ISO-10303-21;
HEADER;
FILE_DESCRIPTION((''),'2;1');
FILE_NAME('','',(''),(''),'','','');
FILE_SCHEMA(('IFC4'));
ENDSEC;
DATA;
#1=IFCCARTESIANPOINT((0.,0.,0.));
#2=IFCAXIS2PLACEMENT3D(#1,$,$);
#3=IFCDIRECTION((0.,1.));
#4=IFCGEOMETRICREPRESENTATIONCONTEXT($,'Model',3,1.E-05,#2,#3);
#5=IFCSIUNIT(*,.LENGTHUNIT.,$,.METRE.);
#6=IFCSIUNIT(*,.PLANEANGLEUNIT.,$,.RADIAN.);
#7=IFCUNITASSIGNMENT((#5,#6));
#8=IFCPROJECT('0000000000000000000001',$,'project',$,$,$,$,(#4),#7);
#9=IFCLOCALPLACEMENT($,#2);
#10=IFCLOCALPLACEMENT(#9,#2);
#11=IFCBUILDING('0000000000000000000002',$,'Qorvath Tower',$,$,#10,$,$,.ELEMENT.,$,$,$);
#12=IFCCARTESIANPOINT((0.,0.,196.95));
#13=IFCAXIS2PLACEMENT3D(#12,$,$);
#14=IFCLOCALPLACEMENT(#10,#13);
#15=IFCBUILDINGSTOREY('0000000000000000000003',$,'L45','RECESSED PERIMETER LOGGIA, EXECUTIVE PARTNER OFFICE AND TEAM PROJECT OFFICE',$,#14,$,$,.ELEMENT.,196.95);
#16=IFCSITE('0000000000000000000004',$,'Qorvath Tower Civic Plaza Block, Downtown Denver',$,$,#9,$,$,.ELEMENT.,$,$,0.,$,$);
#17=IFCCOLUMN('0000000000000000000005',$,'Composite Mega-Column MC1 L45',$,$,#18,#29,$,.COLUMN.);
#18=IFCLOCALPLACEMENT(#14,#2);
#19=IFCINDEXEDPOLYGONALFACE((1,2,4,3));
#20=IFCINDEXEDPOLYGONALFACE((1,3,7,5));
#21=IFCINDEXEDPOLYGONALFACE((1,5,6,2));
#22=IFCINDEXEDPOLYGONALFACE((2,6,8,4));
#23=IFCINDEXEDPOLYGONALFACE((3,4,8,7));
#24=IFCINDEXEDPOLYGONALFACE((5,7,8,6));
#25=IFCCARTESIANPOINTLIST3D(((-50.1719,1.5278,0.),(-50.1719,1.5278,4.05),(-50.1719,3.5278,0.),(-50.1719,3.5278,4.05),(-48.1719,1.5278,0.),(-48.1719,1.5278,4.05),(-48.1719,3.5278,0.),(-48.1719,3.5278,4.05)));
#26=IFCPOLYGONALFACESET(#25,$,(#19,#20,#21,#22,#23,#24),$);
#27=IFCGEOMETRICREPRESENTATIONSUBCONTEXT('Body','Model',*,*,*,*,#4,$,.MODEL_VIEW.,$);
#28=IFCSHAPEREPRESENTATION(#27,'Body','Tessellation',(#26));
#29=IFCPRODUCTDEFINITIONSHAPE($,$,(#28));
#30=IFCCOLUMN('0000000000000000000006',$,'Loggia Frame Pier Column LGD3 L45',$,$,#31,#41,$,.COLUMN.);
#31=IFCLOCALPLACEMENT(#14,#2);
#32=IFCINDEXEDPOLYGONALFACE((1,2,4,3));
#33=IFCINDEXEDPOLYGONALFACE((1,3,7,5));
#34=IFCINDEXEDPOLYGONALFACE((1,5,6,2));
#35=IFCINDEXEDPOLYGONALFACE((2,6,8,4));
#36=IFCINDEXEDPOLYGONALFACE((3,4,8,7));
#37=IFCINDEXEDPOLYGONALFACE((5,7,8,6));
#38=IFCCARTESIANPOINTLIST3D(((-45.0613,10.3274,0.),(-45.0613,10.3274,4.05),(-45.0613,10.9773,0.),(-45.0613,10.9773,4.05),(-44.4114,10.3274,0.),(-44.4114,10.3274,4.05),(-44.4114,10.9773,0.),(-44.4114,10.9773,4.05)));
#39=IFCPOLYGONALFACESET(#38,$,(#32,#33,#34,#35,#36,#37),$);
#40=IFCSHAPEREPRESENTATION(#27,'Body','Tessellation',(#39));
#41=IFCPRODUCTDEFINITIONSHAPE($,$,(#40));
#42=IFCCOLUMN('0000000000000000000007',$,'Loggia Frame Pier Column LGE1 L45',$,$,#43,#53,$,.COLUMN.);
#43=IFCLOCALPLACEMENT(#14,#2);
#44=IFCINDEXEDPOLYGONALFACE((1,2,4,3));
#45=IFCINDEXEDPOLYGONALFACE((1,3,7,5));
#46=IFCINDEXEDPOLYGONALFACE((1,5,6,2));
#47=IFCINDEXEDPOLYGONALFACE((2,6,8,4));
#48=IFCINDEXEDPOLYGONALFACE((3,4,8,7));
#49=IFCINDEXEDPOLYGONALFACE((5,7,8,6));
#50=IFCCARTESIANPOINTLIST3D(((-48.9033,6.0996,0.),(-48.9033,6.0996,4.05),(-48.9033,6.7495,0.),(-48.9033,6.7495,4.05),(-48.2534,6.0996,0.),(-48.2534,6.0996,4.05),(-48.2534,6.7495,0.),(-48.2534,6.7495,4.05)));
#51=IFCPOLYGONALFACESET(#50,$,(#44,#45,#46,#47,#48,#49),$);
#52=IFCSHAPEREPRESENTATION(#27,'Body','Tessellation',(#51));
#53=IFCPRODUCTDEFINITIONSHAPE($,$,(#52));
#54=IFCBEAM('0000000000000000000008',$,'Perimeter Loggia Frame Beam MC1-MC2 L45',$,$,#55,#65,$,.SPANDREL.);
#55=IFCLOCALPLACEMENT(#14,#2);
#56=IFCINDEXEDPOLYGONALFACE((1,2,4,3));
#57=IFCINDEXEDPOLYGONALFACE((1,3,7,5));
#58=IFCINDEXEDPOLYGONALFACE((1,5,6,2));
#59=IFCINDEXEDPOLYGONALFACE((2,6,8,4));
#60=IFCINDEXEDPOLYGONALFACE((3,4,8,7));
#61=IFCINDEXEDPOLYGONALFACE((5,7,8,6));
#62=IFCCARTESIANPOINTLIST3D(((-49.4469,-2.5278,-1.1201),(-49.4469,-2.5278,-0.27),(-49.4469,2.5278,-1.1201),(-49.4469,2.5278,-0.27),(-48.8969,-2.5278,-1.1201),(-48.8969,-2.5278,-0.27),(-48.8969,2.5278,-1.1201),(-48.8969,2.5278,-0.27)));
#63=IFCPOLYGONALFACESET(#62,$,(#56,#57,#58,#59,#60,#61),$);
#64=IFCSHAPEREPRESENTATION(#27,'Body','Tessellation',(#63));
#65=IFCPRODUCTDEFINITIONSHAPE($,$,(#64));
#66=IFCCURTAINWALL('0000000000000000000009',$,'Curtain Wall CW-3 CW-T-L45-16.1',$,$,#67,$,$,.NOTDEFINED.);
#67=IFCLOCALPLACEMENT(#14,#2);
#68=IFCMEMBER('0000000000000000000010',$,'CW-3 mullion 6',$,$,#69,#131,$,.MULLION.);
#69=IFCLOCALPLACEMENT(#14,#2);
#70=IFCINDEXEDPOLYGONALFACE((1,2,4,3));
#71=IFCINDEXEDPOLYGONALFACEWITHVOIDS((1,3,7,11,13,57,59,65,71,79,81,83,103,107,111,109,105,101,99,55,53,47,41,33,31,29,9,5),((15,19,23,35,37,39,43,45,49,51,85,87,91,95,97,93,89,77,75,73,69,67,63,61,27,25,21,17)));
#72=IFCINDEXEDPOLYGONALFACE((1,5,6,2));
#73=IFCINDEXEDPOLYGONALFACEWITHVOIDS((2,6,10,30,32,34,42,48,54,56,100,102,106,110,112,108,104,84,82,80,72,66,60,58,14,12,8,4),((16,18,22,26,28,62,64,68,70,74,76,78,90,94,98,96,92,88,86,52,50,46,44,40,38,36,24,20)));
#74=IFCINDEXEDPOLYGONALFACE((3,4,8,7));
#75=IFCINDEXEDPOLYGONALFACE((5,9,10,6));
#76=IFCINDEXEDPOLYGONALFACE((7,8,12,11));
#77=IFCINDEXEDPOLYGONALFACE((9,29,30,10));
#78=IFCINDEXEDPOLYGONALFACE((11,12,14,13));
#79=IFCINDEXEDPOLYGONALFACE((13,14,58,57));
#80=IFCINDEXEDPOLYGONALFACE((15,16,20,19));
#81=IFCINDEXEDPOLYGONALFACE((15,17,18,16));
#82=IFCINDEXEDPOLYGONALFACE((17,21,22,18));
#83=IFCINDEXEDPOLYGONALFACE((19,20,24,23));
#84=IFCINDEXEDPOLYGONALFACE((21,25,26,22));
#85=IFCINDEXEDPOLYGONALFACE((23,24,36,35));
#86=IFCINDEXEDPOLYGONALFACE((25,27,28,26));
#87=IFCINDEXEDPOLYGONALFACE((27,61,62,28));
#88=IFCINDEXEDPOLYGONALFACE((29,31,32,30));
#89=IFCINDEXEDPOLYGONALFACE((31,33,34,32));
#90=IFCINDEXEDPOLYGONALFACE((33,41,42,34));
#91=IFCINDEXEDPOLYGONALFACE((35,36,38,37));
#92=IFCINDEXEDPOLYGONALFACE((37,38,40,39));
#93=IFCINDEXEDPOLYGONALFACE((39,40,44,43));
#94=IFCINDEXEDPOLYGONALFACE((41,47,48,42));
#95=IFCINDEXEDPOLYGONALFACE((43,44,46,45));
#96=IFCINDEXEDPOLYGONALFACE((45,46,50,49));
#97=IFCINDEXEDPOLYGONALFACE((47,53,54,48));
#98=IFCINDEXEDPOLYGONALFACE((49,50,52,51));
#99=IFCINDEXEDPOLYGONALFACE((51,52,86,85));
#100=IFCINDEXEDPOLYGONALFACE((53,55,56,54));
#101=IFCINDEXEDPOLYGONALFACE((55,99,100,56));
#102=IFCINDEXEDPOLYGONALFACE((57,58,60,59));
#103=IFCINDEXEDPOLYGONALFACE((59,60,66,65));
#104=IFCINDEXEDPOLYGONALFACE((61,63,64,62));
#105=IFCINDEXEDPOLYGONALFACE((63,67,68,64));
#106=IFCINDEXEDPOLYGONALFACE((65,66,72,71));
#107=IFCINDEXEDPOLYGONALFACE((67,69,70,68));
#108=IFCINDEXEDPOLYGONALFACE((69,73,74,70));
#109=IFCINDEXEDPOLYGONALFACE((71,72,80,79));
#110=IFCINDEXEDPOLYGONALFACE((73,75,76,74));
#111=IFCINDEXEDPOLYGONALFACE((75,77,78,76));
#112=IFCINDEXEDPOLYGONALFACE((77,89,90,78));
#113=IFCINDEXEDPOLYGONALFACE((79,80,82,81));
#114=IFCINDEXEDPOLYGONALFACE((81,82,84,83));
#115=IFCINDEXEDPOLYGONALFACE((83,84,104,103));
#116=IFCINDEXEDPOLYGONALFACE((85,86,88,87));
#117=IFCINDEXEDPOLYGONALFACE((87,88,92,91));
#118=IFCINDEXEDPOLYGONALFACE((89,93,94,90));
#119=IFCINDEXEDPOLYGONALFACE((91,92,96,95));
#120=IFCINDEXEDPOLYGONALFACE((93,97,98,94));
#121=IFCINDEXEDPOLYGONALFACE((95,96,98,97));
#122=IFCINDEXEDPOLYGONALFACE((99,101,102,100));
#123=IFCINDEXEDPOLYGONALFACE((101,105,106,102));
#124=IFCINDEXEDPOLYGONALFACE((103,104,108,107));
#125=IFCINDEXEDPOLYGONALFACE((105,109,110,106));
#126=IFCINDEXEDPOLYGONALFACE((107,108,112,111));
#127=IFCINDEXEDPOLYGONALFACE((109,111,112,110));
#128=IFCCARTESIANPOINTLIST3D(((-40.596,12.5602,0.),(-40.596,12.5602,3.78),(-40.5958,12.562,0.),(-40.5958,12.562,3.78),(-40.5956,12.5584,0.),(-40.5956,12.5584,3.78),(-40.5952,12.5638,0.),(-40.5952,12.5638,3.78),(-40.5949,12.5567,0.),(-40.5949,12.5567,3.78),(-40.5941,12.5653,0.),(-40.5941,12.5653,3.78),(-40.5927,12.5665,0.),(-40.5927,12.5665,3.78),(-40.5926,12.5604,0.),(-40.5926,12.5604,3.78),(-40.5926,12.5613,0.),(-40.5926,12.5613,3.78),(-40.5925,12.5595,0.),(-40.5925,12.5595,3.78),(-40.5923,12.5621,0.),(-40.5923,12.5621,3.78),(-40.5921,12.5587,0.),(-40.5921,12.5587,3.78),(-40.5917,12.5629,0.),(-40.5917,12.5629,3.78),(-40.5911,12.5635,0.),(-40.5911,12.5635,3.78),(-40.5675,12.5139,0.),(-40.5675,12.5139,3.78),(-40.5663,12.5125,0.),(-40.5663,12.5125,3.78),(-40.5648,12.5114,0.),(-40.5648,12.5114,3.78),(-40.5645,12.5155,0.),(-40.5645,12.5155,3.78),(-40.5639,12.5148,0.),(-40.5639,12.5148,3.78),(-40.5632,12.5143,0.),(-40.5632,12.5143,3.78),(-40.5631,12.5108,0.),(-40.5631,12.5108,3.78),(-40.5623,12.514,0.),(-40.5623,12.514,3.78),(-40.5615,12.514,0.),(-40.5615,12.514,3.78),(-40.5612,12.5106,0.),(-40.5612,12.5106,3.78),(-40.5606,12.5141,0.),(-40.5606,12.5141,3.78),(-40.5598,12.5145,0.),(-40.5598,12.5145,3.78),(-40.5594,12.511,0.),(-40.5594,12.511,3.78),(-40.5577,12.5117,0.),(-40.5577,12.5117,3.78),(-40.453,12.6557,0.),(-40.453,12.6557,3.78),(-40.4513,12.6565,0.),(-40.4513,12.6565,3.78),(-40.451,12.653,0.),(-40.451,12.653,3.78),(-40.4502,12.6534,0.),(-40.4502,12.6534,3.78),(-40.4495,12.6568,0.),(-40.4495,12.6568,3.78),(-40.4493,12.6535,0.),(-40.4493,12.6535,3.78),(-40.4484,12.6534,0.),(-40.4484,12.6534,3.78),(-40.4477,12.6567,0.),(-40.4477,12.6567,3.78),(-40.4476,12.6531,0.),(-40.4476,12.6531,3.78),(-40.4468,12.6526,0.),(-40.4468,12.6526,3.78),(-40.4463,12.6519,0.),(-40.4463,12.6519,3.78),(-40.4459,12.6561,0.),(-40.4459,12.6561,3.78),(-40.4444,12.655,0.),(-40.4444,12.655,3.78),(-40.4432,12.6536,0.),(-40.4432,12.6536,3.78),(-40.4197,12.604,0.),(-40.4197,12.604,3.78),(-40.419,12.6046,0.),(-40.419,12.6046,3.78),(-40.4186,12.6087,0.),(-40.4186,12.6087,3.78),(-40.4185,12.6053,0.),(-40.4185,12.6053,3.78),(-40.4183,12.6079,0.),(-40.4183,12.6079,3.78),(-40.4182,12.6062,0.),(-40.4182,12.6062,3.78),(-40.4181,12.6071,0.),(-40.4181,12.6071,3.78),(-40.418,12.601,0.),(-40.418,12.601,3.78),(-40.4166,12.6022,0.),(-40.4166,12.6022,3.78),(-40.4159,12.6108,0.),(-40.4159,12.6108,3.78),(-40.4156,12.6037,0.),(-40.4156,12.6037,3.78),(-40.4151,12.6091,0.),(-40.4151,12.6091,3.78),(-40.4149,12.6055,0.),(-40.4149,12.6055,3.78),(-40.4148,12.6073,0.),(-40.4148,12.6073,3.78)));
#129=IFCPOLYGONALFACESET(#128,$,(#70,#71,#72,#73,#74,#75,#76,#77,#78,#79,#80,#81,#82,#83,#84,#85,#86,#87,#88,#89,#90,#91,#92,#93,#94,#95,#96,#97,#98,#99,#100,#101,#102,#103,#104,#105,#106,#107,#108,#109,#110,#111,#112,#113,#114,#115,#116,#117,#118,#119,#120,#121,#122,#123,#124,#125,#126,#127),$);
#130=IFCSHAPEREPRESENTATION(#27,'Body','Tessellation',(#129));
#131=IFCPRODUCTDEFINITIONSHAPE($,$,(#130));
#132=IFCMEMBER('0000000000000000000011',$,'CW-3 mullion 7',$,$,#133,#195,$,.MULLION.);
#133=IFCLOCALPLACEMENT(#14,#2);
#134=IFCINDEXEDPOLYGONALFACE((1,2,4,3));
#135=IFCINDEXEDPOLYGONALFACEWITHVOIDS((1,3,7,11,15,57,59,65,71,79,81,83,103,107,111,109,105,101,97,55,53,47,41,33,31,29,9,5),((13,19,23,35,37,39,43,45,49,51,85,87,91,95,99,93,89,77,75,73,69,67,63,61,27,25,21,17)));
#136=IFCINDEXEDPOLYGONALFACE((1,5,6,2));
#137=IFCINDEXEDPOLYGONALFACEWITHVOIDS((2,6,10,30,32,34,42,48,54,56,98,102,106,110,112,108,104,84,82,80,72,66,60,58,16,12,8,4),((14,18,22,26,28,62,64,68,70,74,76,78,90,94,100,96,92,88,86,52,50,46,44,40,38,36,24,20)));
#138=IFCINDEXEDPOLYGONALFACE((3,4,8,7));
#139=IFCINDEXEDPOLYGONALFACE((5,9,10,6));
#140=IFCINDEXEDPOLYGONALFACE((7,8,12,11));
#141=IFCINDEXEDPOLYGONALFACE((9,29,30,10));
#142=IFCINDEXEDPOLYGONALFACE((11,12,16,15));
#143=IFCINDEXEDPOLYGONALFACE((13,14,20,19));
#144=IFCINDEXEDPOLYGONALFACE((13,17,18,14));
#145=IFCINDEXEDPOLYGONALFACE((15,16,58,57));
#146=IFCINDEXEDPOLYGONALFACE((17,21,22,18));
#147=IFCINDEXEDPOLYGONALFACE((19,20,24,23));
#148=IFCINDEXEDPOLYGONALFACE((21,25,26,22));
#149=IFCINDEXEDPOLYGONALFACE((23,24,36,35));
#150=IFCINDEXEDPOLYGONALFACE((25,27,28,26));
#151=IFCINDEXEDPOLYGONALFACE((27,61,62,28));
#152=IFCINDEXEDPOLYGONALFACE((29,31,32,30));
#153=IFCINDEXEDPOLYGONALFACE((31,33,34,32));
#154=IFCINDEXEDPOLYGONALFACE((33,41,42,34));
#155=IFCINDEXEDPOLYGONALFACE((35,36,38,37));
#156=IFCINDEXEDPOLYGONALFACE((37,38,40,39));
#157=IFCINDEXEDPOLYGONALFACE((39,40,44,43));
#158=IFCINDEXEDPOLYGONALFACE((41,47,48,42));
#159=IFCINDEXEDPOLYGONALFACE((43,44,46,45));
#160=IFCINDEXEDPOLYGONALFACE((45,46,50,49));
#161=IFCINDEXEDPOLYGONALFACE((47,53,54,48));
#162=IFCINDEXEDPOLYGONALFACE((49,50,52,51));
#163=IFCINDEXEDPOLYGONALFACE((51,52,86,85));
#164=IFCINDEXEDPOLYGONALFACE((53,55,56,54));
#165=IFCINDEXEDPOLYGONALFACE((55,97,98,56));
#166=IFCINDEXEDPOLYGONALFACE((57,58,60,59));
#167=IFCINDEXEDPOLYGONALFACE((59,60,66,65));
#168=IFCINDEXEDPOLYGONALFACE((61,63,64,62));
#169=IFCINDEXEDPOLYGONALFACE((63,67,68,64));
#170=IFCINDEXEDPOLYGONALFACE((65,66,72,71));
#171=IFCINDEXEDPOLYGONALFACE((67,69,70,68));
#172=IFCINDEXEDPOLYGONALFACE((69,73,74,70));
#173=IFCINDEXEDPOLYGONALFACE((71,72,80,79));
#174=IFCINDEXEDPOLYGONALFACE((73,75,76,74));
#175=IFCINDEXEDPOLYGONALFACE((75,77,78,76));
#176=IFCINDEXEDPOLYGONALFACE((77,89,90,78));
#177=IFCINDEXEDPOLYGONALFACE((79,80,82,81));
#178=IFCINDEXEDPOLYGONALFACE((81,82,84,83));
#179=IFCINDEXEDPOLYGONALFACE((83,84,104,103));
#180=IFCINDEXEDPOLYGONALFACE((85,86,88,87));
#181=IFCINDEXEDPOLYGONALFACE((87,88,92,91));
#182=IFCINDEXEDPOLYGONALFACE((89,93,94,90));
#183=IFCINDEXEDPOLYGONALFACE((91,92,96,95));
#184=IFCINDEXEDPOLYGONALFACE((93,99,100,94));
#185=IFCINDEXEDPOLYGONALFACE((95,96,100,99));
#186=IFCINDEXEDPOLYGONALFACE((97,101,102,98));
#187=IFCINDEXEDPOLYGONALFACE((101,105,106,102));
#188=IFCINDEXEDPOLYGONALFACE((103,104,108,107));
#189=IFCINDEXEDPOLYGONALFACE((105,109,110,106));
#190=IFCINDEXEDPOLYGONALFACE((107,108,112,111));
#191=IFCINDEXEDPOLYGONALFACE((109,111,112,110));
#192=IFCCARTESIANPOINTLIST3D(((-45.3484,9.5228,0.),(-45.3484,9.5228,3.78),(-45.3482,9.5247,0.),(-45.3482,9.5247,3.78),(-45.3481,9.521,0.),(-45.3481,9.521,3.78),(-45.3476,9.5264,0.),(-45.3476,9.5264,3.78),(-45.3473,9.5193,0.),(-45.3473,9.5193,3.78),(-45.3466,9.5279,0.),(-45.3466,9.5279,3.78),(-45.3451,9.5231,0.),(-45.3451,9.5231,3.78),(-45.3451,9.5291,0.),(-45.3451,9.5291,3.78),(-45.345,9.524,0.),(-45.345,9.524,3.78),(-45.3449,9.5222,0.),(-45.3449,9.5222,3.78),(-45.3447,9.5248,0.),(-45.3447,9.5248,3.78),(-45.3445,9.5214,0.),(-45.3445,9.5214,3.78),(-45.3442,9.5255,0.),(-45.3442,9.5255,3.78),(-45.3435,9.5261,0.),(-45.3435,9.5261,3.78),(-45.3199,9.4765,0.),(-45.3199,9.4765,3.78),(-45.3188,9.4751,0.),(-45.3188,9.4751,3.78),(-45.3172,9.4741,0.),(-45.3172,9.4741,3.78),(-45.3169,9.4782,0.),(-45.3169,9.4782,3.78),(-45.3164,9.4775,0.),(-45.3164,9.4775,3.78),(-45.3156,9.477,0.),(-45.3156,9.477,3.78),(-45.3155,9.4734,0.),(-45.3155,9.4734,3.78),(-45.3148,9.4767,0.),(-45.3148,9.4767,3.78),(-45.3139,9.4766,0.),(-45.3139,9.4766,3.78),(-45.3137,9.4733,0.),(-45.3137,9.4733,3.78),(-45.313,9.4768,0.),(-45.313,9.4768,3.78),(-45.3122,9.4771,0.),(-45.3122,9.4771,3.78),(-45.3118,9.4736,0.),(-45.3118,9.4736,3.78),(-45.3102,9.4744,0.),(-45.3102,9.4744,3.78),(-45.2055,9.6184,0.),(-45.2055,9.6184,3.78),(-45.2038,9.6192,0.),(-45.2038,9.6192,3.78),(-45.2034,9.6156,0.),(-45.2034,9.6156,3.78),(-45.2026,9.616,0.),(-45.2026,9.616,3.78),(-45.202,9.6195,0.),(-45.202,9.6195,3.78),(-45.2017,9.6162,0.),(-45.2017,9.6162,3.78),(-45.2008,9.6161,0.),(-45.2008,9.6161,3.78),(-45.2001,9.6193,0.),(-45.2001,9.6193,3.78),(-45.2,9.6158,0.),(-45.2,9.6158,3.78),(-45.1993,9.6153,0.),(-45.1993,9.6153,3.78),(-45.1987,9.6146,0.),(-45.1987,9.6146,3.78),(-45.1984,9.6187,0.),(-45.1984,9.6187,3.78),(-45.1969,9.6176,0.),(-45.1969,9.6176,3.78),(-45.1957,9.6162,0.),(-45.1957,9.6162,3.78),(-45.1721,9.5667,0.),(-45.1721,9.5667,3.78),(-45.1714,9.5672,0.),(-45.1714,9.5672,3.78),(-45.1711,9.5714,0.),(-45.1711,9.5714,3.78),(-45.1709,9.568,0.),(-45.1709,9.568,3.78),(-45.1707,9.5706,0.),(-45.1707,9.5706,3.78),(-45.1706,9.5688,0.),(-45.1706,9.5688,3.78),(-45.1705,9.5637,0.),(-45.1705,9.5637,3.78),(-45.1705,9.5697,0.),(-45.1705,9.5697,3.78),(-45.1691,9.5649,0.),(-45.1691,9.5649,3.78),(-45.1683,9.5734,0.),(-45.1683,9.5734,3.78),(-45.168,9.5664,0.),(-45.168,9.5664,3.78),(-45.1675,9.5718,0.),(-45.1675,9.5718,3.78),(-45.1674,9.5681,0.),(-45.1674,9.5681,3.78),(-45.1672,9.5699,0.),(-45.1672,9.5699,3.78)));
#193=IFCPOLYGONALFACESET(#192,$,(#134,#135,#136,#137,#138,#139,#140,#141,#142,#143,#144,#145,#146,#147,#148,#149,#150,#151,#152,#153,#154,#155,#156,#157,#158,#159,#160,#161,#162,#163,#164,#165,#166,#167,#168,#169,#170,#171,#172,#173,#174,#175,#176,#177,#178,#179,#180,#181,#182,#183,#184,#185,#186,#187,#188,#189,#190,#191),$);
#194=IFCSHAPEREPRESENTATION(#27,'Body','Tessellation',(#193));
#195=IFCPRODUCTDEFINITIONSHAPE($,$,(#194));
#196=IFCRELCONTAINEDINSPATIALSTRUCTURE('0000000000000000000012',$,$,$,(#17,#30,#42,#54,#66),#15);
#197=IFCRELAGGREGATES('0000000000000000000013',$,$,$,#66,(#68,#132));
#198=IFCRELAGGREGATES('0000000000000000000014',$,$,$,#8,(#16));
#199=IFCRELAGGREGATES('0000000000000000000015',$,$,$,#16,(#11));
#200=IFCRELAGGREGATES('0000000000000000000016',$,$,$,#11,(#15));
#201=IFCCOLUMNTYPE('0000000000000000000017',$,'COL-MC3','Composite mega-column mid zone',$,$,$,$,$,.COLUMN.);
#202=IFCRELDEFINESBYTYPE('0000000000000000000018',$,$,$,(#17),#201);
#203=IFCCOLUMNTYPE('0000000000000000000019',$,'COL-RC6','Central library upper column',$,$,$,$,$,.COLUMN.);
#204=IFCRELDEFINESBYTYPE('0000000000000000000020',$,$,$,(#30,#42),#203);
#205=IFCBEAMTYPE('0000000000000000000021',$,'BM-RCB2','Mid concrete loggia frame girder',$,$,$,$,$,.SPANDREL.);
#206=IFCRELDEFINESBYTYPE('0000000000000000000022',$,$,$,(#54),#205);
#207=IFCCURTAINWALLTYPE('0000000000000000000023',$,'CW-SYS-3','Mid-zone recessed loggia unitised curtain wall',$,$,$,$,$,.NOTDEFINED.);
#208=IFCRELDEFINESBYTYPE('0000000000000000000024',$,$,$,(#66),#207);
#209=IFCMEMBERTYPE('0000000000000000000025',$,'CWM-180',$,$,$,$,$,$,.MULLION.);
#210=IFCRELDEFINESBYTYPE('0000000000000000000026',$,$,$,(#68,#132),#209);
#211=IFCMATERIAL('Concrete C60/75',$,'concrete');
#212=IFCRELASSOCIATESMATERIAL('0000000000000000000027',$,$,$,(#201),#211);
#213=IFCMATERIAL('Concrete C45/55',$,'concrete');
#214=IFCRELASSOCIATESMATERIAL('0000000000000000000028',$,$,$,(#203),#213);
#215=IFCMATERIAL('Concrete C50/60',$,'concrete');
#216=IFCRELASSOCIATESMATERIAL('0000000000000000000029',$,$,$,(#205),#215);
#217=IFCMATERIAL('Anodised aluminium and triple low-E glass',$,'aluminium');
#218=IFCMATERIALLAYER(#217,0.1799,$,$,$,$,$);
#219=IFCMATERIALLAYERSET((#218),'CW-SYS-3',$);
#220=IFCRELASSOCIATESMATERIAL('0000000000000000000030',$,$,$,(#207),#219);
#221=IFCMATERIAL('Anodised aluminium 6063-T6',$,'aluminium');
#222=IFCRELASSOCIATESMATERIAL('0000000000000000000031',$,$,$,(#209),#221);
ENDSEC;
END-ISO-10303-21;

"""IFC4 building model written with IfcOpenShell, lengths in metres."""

from ifc_helpers import new_model, si_unit, direction, frame, origin, origin_2d, place, context, subcontext, project, spatial, rectangle, hollow_rectangle, extrude, material, layer, layer_set, material_profile, profile_set, type_object, element, aggregate, save


model = new_model("IFC4")

# Units and contexts
model_context = context("Model", 3, precision=1e-05, world=origin(), true_north=direction((0.0, 1.0)))
body_context = subcontext(model_context, "Body", "Model", "MODEL_VIEW")
ifc_project = project(units=[si_unit("LENGTHUNIT", "METRE"), si_unit("PLANEANGLEUNIT", "RADIAN")], contexts=[model_context])

# Site, building, storey
site_placement = place(None, origin())
site = spatial("IfcSite", under=ifc_project, at=site_placement, Name="Qorvath Tower Civic Plaza Block, Downtown Denver", CompositionType="ELEMENT", RefElevation=0.0)
building_placement = place(site_placement, origin())
building = spatial("IfcBuilding", under=site, at=building_placement, Name="Qorvath Tower", CompositionType="ELEMENT")
storey_placement = place(building_placement, frame((0.0, 0.0, 196.95)))
storey = spatial("IfcBuildingStorey", under=building, at=storey_placement, Name="L45", Description="RECESSED PERIMETER LOGGIA, EXECUTIVE PARTNER OFFICE AND TEAM PROJECT OFFICE", CompositionType="ELEMENT", Elevation=196.95)

# Columns
ifc_material_1 = material(Name="Concrete C60/75", Category="concrete")
ifc_material_profile_1 = material_profile(ifc_material_1, rectangle(XDim=2.0, YDim=2.0, at=origin_2d()), Name="MC 2000x2000")
ifc_profile_set_1 = profile_set([ifc_material_profile_1], Name="Concrete C60/75")
column_type_1 = type_object("IfcColumnType", Name="COL-MC3", Description="Composite mega-column mid zone", PredefinedType="COLUMN", material=ifc_profile_set_1)
column_placement = place(storey_placement, frame((-49.1719, 2.5278, 0.0), z_axis=(0.0, 0.0, 1.0), x_axis=(1.0, 0.0, 0.0)))
element("IfcColumn", 1, at=column_placement, inside=storey, type_object=column_type_1, Name="Composite Mega-Column MC1 L45", PredefinedType="COLUMN", context=body_context, shape_type="SweptSolid", body=[
    extrude(rectangle(XDim=2.0, YDim=2.0, at=origin_2d()), origin(), (0.0, 0.0, 1.0), 4.05),
])
ifc_material_2 = material(Name="Concrete C45/55", Category="concrete")
ifc_material_profile_2 = material_profile(ifc_material_2, rectangle(XDim=0.6499, YDim=0.6499, at=origin_2d()), Name="RC 650x650")
ifc_profile_set_2 = profile_set([ifc_material_profile_2], Name="Concrete C45/55")
column_type_2 = type_object("IfcColumnType", Name="COL-RC6", Description="Central library upper column", PredefinedType="COLUMN", material=ifc_profile_set_2)
for number, where, z_axis, x_axis, name in (
    (2, (-44.7363, 10.6523, 0.0), (0.0, 0.0, 1.0), (1.0, 0.0, 0.0), "Loggia Frame Pier Column LGD3 L45"),
    (3, (-48.5784, 6.4246, 0.0), (0.0, 0.0, 1.0), (1.0, 0.0, 0.0), "Loggia Frame Pier Column LGE1 L45"),
):
    element("IfcColumn", number, at=place(storey_placement, frame(where, z_axis=z_axis, x_axis=x_axis)), inside=storey, type_object=column_type_2, Name=name, PredefinedType="COLUMN", context=body_context, shape_type="SweptSolid", body=[
        extrude(rectangle(XDim=0.6499, YDim=0.6499, at=origin_2d()), origin(), (0.0, 0.0, 1.0), 4.05),
    ])

# Beam
ifc_material_3 = material(Name="Concrete C50/60", Category="concrete")
ifc_material_profile_3 = material_profile(ifc_material_3, rectangle(XDim=0.55, YDim=0.8501, at=origin_2d()), Name="RCB 850x550")
ifc_profile_set_3 = profile_set([ifc_material_profile_3], Name="Concrete C50/60")
beam_type = type_object("IfcBeamType", Name="BM-RCB2", Description="Mid concrete loggia frame girder", PredefinedType="SPANDREL", material=ifc_profile_set_3)
beam_placement = place(storey_placement, frame((-49.1719, 2.5278, -0.6951), z_axis=(0.0, -1.0, 0.0), x_axis=(1.0, 0.0, 0.0)))
element("IfcBeam", 4, at=beam_placement, inside=storey, type_object=beam_type, Name="Perimeter Loggia Frame Beam MC1-MC2 L45", PredefinedType="SPANDREL", context=body_context, shape_type="SweptSolid", body=[
    extrude(rectangle(XDim=0.55, YDim=0.8501, at=origin_2d()), origin(), (0.0, 0.0, 1.0), 5.0557),
])

# Curtain wall, members
ifc_material_4 = material(Name="Anodised aluminium and triple low-E glass", Category="aluminium")
ifc_layer_1 = layer(ifc_material_4, 0.1799)
ifc_layer_set_1 = layer_set([ifc_layer_1], Name="CW-SYS-3")
curtain_wall_type = type_object("IfcCurtainWallType", Name="CW-SYS-3", Description="Mid-zone recessed loggia unitised curtain wall", PredefinedType="NOTDEFINED", material=ifc_layer_set_1)
curtain_wall_placement = place(storey_placement, origin())
curtain_wall = element("IfcCurtainWall", 5, at=curtain_wall_placement, inside=storey, type_object=curtain_wall_type, Name="Curtain Wall CW-3 CW-T-L45-16.1", PredefinedType="NOTDEFINED")
ifc_material_5 = material(Name="Anodised aluminium 6063-T6", Category="aluminium")
ifc_material_profile_4 = material_profile(ifc_material_5, hollow_rectangle(XDim=0.0649, YDim=0.1799, WallThickness=0.0034, InnerFilletRadius=0.0034, OuterFilletRadius=0.0071, at=origin_2d()), Name="CWM 180x65")
ifc_profile_set_4 = profile_set([ifc_material_profile_4], Name="Anodised aluminium 6063-T6")
member_type_1 = type_object("IfcMemberType", Name="CWM-180", PredefinedType="MULLION", material=ifc_profile_set_4)
member_1_placement = place(storey_placement, frame((-40.5054, 12.5837, 0.0), z_axis=(0.0, 0.0, 1.0), x_axis=(0.538534, -0.842604, 0.0)))
member_1 = element("IfcMember", 6, at=member_1_placement, type_object=member_type_1, Name="CW-3 mullion 6", PredefinedType="MULLION", context=body_context, shape_type="SweptSolid", body=[
    extrude(hollow_rectangle(XDim=0.0649, YDim=0.1799, WallThickness=0.0034, InnerFilletRadius=0.0034, OuterFilletRadius=0.0071, at=origin_2d()), origin(), (0.0, 0.0, 1.0), 3.78),
])
member_2_placement = place(storey_placement, frame((-45.2578, 9.5464, 0.0), z_axis=(0.0, 0.0, 1.0), x_axis=(0.538534, -0.842604, 0.0)))
member_2 = element("IfcMember", 7, at=member_2_placement, type_object=member_type_1, Name="CW-3 mullion 7", PredefinedType="MULLION", context=body_context, shape_type="SweptSolid", body=[
    extrude(hollow_rectangle(XDim=0.0649, YDim=0.1799, WallThickness=0.0034, InnerFilletRadius=0.0034, OuterFilletRadius=0.0071, at=origin_2d()), origin(), (0.0, 0.0, 1.0), 3.78),
])
aggregate(curtain_wall, [member_1, member_2])

save(model, "model.ifc")
